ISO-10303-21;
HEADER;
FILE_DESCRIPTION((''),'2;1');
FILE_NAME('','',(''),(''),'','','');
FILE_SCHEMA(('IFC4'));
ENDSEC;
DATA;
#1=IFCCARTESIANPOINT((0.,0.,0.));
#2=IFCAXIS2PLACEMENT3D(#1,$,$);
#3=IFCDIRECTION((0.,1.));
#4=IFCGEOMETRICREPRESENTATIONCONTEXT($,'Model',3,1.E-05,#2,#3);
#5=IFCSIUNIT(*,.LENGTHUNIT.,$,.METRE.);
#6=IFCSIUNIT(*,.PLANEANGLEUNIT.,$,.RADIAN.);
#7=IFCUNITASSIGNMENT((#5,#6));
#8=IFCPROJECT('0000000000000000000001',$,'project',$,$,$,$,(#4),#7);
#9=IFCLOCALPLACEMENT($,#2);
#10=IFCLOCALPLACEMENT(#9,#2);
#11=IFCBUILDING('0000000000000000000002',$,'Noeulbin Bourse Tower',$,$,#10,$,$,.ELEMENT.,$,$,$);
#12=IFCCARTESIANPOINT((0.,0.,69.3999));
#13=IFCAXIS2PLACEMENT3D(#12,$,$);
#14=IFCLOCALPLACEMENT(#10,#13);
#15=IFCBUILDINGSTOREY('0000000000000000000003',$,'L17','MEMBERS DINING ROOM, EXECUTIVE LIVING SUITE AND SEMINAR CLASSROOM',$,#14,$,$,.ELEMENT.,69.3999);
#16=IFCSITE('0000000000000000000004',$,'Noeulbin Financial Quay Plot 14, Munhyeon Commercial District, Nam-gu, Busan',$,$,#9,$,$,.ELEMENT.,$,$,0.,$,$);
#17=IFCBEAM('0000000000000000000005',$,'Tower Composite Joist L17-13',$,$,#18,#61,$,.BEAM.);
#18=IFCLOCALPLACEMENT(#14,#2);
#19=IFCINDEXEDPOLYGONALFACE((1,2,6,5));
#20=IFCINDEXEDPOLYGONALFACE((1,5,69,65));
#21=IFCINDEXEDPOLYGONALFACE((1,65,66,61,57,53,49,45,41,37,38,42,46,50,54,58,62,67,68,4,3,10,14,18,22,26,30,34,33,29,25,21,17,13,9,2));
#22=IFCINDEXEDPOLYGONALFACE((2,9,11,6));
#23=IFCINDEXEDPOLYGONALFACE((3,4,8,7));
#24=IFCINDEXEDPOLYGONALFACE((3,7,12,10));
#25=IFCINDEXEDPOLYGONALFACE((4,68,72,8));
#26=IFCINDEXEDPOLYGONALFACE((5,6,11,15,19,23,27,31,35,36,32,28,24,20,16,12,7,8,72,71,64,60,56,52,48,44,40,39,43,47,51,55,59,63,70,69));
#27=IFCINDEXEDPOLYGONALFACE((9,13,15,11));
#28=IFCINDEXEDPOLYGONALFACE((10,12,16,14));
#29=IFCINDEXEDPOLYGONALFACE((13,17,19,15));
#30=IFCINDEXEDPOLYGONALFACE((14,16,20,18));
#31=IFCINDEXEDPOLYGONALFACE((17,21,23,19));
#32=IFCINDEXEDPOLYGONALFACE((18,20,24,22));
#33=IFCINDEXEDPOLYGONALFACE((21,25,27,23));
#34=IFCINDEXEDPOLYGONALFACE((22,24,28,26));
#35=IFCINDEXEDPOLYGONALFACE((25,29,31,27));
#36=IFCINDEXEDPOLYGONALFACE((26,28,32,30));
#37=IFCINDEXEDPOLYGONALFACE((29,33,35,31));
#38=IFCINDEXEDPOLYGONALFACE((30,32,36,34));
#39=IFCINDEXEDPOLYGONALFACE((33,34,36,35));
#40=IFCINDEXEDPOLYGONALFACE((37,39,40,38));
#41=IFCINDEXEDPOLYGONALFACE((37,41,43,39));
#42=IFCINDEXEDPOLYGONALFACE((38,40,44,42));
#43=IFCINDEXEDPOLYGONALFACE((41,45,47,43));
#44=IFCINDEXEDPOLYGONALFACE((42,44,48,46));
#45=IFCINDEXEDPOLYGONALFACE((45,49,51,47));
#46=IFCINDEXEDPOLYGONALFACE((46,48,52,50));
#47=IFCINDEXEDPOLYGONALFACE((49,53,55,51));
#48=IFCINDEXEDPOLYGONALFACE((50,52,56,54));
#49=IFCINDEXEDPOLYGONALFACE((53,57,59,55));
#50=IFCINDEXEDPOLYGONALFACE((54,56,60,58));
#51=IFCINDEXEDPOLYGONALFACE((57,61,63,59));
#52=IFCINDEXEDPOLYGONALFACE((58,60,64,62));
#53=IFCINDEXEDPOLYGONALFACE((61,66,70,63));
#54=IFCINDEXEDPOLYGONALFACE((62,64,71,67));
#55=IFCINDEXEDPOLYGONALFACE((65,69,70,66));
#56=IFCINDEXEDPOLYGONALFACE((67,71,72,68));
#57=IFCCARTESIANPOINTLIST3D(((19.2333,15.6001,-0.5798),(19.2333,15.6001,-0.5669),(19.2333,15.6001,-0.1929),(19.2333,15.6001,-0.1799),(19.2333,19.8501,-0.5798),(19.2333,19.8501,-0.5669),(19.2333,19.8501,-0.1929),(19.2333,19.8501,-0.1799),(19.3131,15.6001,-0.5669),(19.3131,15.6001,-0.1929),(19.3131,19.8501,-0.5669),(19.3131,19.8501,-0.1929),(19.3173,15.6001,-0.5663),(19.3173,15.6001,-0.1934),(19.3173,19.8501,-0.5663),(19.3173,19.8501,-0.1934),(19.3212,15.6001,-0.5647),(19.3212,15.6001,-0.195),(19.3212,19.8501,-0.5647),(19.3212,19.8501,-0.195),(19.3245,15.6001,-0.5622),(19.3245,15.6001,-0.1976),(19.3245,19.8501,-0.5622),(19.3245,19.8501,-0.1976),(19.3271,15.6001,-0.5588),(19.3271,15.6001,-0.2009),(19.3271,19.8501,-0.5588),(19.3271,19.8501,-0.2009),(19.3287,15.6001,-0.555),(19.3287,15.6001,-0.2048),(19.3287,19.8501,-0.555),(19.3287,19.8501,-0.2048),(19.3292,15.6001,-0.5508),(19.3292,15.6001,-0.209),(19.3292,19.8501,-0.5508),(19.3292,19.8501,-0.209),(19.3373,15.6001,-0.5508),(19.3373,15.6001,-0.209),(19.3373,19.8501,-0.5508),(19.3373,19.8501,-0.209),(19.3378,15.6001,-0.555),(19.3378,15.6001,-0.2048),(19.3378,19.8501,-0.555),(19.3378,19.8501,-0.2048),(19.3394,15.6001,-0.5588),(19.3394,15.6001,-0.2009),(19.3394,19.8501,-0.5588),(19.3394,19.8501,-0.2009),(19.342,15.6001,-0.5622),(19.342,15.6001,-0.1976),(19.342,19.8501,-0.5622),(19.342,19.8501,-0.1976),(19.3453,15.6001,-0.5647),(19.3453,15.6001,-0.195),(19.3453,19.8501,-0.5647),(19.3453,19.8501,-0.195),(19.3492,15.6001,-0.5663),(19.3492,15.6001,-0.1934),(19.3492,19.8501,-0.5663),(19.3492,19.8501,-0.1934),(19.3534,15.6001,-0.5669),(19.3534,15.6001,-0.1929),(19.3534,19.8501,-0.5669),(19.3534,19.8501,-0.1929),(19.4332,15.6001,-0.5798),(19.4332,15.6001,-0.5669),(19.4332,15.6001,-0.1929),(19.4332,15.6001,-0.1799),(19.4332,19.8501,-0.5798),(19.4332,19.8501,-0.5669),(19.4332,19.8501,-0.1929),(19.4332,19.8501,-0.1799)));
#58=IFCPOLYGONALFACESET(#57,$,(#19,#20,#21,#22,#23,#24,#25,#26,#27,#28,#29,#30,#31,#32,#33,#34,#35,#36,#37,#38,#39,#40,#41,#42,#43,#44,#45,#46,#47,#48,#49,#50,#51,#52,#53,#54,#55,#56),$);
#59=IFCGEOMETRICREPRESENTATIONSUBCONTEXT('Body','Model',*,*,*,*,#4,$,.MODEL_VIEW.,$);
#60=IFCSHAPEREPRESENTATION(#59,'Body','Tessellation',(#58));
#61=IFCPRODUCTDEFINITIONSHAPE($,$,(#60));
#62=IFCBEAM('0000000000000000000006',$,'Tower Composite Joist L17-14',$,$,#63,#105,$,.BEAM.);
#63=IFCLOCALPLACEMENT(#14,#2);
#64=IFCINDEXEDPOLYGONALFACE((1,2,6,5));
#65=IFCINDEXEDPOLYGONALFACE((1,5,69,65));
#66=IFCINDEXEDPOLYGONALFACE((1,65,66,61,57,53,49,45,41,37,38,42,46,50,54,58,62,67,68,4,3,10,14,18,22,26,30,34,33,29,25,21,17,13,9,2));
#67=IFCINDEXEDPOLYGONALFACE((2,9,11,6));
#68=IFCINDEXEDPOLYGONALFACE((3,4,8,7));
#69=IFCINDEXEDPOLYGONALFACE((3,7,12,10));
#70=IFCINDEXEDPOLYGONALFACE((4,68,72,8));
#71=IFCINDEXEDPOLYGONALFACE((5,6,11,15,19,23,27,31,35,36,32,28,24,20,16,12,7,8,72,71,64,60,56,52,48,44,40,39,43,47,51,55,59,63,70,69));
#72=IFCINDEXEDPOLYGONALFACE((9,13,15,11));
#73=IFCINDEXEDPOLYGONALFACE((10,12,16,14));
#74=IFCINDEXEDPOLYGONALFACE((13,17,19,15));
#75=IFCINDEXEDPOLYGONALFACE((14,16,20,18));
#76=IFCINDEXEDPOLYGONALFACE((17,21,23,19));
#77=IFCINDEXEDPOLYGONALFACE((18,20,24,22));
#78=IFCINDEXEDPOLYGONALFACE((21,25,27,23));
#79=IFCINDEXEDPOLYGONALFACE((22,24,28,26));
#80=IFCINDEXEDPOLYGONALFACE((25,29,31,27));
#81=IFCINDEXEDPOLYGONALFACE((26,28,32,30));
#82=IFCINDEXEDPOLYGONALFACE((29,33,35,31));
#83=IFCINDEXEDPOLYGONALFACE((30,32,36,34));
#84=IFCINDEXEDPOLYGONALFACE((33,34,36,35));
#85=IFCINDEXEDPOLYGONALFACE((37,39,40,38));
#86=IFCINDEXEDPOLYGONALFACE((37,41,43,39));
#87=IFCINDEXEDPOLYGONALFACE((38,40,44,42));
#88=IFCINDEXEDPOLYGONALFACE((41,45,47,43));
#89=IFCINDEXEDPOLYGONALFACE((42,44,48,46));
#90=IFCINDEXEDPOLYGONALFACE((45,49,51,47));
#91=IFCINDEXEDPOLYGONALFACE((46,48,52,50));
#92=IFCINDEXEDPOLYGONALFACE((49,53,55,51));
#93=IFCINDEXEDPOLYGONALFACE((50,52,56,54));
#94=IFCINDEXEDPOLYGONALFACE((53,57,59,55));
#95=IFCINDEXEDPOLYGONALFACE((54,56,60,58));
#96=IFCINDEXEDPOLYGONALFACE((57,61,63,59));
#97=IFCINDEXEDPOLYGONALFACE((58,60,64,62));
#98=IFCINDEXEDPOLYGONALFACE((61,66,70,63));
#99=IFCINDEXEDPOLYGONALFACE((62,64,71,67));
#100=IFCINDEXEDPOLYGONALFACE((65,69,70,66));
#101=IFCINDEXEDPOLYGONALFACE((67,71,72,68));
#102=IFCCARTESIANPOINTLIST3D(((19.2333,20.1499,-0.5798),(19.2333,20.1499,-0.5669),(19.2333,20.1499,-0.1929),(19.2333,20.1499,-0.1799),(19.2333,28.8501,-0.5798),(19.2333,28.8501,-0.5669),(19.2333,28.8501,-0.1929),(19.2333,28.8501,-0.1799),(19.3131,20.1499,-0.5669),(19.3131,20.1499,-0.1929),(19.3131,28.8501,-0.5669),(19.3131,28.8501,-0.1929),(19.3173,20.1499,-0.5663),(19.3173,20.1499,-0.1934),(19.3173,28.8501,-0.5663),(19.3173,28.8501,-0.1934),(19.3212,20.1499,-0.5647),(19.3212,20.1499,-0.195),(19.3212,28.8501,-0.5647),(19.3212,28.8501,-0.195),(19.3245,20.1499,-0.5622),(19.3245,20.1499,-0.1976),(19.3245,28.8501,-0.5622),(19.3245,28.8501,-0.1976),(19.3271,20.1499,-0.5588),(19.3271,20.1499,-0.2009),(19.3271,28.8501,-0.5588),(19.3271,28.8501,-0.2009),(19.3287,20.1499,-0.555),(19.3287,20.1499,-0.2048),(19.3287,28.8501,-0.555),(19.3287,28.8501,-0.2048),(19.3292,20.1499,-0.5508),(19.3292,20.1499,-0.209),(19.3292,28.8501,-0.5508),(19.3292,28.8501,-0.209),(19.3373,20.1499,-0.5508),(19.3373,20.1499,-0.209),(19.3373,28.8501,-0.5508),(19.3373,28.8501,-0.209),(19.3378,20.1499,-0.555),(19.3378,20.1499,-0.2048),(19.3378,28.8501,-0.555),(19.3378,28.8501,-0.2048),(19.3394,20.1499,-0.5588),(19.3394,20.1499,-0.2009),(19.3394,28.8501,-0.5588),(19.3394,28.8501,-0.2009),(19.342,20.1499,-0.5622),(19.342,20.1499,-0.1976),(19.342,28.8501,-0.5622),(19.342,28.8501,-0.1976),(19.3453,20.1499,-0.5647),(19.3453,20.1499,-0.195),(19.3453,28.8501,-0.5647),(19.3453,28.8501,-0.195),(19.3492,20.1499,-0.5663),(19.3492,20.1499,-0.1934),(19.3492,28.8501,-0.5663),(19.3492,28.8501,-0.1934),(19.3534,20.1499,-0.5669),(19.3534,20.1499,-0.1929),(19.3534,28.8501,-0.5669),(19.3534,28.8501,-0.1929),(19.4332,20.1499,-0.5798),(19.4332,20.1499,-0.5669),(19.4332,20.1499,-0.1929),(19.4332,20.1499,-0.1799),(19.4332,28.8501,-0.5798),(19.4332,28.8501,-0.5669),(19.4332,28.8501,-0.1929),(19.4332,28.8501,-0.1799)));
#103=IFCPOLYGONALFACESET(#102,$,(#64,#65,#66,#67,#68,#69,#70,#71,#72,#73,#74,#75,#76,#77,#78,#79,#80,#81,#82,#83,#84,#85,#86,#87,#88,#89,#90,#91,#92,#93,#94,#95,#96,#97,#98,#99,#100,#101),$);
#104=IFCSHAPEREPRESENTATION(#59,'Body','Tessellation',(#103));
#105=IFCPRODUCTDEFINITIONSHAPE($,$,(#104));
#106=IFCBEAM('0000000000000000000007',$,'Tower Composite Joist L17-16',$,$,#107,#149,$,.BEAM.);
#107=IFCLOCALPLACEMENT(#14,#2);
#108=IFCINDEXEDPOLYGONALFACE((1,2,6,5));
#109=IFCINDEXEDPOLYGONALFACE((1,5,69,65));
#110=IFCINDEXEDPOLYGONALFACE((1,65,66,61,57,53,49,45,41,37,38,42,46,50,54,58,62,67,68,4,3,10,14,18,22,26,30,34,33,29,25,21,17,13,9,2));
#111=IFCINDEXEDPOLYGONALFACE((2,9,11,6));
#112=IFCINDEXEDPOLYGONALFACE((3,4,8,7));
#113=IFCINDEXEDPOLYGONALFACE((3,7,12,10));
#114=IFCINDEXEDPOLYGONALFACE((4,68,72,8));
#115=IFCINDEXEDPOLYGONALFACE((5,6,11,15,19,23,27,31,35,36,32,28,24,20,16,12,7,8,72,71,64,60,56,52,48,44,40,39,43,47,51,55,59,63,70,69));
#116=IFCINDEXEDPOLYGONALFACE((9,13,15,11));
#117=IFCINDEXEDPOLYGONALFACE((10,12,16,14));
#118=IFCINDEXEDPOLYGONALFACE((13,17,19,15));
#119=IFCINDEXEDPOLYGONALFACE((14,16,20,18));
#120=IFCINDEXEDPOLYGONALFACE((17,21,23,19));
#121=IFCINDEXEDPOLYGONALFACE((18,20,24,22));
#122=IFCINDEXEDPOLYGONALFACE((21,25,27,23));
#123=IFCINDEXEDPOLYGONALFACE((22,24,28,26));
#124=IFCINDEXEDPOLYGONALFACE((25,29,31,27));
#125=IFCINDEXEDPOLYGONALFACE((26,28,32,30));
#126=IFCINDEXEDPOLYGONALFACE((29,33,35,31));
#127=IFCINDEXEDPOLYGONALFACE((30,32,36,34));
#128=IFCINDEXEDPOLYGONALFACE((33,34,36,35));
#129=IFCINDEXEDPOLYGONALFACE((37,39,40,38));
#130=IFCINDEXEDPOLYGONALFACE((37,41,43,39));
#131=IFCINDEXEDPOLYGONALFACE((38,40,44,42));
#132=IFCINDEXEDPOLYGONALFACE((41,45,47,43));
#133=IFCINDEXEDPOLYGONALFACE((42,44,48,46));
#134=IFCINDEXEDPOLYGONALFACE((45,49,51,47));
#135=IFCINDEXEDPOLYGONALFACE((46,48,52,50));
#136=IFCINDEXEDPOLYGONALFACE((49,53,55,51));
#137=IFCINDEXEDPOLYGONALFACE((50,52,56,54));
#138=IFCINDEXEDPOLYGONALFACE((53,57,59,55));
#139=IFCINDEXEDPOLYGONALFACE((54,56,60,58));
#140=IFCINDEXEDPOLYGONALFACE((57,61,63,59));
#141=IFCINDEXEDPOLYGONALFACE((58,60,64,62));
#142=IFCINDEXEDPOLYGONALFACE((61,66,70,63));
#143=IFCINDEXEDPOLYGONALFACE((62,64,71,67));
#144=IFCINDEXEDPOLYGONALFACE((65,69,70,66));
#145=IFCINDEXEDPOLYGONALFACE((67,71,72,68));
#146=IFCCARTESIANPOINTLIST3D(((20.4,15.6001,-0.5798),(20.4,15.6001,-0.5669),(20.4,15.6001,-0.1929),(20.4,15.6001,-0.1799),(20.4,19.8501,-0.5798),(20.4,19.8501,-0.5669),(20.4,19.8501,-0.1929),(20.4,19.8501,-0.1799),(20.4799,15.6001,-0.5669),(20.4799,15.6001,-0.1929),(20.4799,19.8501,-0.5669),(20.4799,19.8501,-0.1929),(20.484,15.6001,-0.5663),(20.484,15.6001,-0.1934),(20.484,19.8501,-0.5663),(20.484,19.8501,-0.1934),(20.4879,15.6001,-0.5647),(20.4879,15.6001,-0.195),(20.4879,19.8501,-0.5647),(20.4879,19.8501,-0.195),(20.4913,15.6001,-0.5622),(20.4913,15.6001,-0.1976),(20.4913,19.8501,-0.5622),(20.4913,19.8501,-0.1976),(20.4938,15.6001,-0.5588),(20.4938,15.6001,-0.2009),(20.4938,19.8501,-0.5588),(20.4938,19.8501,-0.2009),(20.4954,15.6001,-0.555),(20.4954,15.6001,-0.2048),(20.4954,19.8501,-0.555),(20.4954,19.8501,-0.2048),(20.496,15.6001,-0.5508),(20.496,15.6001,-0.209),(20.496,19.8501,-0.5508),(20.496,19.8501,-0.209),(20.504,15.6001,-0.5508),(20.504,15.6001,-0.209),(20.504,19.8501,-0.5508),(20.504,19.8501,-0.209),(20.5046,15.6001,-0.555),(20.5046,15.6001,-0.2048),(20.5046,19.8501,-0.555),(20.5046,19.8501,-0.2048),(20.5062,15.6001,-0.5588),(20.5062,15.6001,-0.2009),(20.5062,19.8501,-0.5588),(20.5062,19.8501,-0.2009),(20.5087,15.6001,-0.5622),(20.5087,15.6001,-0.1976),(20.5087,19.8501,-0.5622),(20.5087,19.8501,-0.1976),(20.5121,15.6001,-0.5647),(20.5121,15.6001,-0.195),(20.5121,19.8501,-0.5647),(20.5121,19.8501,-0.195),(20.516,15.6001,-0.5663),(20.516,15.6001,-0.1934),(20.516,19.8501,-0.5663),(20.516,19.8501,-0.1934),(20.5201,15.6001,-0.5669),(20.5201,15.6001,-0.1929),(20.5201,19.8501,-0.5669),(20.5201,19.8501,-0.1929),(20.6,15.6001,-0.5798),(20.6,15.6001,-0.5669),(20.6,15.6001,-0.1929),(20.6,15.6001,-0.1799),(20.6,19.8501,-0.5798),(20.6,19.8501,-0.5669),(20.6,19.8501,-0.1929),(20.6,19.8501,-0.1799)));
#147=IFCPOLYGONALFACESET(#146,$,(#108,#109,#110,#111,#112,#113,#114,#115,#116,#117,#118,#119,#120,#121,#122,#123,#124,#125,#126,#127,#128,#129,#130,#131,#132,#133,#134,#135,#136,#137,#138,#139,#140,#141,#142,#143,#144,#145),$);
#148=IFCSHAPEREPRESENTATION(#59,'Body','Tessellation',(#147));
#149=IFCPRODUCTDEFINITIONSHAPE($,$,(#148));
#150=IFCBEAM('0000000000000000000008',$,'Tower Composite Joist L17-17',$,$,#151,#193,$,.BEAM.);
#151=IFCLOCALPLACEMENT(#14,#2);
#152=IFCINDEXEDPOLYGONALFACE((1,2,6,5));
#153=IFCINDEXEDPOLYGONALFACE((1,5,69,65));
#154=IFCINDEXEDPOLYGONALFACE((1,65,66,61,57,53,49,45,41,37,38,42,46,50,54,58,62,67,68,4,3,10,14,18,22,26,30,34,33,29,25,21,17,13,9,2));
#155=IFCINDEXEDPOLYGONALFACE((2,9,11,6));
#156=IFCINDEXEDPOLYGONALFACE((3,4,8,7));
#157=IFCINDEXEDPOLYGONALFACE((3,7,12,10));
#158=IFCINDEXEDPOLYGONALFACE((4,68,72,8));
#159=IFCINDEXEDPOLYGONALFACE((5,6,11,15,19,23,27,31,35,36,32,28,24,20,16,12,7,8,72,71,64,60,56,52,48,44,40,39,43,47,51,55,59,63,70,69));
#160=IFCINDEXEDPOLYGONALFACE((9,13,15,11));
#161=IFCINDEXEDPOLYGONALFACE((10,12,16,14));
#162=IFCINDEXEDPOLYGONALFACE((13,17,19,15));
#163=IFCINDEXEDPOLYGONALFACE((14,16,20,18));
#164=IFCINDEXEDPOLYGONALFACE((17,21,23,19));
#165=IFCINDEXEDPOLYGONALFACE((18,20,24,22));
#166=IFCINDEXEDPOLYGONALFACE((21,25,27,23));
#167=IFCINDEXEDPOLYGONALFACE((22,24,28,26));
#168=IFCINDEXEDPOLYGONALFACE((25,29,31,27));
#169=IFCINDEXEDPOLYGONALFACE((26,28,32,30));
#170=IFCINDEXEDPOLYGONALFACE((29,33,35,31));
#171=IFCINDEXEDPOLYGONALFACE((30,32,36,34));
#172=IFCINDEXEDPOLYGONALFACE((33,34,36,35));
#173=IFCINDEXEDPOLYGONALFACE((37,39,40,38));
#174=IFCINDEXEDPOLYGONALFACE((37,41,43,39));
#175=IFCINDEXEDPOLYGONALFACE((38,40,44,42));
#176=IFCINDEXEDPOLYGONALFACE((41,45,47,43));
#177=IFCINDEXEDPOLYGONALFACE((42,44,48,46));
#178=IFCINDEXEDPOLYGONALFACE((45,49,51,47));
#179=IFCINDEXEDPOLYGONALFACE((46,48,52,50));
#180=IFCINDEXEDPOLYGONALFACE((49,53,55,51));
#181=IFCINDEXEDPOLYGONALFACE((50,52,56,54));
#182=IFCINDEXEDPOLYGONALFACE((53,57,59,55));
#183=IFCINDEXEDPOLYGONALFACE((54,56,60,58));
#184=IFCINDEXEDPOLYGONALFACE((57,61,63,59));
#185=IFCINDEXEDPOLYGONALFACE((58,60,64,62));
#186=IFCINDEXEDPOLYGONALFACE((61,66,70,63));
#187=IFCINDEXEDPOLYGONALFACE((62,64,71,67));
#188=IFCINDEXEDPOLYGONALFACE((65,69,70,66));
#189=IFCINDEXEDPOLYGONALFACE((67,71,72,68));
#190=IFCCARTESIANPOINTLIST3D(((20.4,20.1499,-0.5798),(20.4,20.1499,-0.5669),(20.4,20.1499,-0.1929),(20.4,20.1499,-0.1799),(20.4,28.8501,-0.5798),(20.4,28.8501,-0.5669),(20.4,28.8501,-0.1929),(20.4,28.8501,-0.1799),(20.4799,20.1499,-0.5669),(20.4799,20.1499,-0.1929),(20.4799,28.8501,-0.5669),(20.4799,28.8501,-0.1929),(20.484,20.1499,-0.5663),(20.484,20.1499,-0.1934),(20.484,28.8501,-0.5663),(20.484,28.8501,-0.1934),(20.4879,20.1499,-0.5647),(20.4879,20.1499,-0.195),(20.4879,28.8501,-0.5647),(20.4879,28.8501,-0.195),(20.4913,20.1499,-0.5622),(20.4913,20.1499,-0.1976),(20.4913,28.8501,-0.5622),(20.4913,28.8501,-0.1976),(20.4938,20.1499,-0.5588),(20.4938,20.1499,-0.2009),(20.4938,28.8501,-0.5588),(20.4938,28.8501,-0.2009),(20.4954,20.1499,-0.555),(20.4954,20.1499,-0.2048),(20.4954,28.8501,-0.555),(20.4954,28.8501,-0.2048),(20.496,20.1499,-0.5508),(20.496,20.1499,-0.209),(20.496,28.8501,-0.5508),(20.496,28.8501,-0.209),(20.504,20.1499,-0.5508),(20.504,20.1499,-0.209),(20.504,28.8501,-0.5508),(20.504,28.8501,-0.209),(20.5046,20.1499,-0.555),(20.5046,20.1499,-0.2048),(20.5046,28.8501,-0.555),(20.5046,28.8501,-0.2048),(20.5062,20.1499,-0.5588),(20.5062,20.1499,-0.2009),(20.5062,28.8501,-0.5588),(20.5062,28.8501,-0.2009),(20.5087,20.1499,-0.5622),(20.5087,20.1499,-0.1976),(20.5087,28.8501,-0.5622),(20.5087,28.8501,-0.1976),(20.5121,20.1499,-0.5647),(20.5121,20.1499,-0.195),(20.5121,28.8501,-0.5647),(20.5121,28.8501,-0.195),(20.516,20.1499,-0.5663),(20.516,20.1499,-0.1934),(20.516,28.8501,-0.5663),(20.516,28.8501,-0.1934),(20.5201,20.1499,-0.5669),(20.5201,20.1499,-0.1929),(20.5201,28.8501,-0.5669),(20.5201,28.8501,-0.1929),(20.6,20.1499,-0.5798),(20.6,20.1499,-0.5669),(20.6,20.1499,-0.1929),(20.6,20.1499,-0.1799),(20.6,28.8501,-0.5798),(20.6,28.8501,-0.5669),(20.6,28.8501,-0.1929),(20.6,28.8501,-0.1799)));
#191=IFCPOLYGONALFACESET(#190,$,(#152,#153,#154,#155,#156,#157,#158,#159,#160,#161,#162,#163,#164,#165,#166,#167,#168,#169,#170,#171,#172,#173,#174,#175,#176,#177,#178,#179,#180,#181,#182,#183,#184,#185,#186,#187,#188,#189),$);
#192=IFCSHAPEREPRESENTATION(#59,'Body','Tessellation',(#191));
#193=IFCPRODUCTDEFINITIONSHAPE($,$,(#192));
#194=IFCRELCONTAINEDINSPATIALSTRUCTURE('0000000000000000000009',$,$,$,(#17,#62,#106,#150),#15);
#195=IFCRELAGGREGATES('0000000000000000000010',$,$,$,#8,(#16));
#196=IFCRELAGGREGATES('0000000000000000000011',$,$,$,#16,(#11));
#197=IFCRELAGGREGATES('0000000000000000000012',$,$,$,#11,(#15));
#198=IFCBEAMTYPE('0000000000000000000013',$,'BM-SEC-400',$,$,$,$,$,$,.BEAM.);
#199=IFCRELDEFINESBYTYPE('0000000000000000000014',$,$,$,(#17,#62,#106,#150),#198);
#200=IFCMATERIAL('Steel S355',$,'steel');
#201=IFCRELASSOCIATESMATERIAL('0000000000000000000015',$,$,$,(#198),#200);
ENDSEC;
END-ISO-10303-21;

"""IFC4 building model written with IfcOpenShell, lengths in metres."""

from ifc_helpers import new_model, si_unit, direction, frame, origin, origin_2d, place, context, subcontext, project, spatial, i_section, extrude, material, material_profile, profile_set, type_object, element, save


model = new_model("IFC4")

# Units and contexts
model_context = context("Model", 3, precision=1e-05, world=origin(), true_north=direction((0.0, 1.0)))
body_context = subcontext(model_context, "Body", "Model", "MODEL_VIEW")
ifc_project = project(units=[si_unit("LENGTHUNIT", "METRE"), si_unit("PLANEANGLEUNIT", "RADIAN")], contexts=[model_context])

# Site, building, storey
site_placement = place(None, origin())
site = spatial("IfcSite", under=ifc_project, at=site_placement, Name="Noeulbin Financial Quay Plot 14, Munhyeon Commercial District, Nam-gu, Busan", CompositionType="ELEMENT", RefElevation=0.0)
building_placement = place(site_placement, origin())
building = spatial("IfcBuilding", under=site, at=building_placement, Name="Noeulbin Bourse Tower", CompositionType="ELEMENT")
storey_placement = place(building_placement, frame((0.0, 0.0, 69.3999)))
storey = spatial("IfcBuildingStorey", under=building, at=storey_placement, Name="L17", Description="MEMBERS DINING ROOM, EXECUTIVE LIVING SUITE AND SEMINAR CLASSROOM", CompositionType="ELEMENT", Elevation=69.3999)

# Beams
ifc_material_1 = material(Name="Steel S355", Category="steel")
ifc_material_profile_1 = material_profile(ifc_material_1, i_section(OverallWidth=0.2, OverallDepth=0.3999, WebThickness=0.0081, FlangeThickness=0.0129, FilletRadius=0.0161, at=origin_2d()), Name="H-400x200x8x13", Category="LoadBearing")
ifc_profile_set_1 = profile_set([ifc_material_profile_1], Name="Steel S355")
beam_type_1 = type_object("IfcBeamType", Name="BM-SEC-400", PredefinedType="BEAM", material=ifc_profile_set_1)
beam_1_placement = place(storey_placement, frame((19.3333, 15.6001, -0.3799), z_axis=(0.0, 1.0, 0.0), x_axis=(-1.0, 0.0, 0.0)))
element("IfcBeam", 1, at=beam_1_placement, inside=storey, type_object=beam_type_1, Name="Tower Composite Joist L17-13", PredefinedType="BEAM", context=body_context, shape_type="SweptSolid", body=[
    extrude(i_section(OverallWidth=0.2, OverallDepth=0.3999, WebThickness=0.0081, FlangeThickness=0.0129, FilletRadius=0.0161, at=origin_2d()), origin(), (0.0, 0.0, 1.0), 4.25),
])
beam_2_placement = place(storey_placement, frame((19.3333, 20.1499, -0.3799), z_axis=(0.0, 1.0, 0.0), x_axis=(-1.0, 0.0, 0.0)))
element("IfcBeam", 2, at=beam_2_placement, inside=storey, type_object=beam_type_1, Name="Tower Composite Joist L17-14", PredefinedType="BEAM", context=body_context, shape_type="SweptSolid", body=[
    extrude(i_section(OverallWidth=0.2, OverallDepth=0.3999, WebThickness=0.0081, FlangeThickness=0.0129, FilletRadius=0.0161, at=origin_2d()), origin(), (0.0, 0.0, 1.0), 8.7002),
])
beam_3_placement = place(storey_placement, frame((20.5, 15.6001, -0.3799), z_axis=(0.0, 1.0, 0.0), x_axis=(-1.0, 0.0, 0.0)))
element("IfcBeam", 3, at=beam_3_placement, inside=storey, type_object=beam_type_1, Name="Tower Composite Joist L17-16", PredefinedType="BEAM", context=body_context, shape_type="SweptSolid", body=[
    extrude(i_section(OverallWidth=0.2, OverallDepth=0.3999, WebThickness=0.0081, FlangeThickness=0.0129, FilletRadius=0.0161, at=origin_2d()), origin(), (0.0, 0.0, 1.0), 4.25),
])
beam_4_placement = place(storey_placement, frame((20.5, 20.1499, -0.3799), z_axis=(0.0, 1.0, 0.0), x_axis=(-1.0, 0.0, 0.0)))
element("IfcBeam", 4, at=beam_4_placement, inside=storey, type_object=beam_type_1, Name="Tower Composite Joist L17-17", PredefinedType="BEAM", context=body_context, shape_type="SweptSolid", body=[
    extrude(i_section(OverallWidth=0.2, OverallDepth=0.3999, WebThickness=0.0081, FlangeThickness=0.0129, FilletRadius=0.0161, at=origin_2d()), origin(), (0.0, 0.0, 1.0), 8.7002),
])

save(model, "model.ifc")
